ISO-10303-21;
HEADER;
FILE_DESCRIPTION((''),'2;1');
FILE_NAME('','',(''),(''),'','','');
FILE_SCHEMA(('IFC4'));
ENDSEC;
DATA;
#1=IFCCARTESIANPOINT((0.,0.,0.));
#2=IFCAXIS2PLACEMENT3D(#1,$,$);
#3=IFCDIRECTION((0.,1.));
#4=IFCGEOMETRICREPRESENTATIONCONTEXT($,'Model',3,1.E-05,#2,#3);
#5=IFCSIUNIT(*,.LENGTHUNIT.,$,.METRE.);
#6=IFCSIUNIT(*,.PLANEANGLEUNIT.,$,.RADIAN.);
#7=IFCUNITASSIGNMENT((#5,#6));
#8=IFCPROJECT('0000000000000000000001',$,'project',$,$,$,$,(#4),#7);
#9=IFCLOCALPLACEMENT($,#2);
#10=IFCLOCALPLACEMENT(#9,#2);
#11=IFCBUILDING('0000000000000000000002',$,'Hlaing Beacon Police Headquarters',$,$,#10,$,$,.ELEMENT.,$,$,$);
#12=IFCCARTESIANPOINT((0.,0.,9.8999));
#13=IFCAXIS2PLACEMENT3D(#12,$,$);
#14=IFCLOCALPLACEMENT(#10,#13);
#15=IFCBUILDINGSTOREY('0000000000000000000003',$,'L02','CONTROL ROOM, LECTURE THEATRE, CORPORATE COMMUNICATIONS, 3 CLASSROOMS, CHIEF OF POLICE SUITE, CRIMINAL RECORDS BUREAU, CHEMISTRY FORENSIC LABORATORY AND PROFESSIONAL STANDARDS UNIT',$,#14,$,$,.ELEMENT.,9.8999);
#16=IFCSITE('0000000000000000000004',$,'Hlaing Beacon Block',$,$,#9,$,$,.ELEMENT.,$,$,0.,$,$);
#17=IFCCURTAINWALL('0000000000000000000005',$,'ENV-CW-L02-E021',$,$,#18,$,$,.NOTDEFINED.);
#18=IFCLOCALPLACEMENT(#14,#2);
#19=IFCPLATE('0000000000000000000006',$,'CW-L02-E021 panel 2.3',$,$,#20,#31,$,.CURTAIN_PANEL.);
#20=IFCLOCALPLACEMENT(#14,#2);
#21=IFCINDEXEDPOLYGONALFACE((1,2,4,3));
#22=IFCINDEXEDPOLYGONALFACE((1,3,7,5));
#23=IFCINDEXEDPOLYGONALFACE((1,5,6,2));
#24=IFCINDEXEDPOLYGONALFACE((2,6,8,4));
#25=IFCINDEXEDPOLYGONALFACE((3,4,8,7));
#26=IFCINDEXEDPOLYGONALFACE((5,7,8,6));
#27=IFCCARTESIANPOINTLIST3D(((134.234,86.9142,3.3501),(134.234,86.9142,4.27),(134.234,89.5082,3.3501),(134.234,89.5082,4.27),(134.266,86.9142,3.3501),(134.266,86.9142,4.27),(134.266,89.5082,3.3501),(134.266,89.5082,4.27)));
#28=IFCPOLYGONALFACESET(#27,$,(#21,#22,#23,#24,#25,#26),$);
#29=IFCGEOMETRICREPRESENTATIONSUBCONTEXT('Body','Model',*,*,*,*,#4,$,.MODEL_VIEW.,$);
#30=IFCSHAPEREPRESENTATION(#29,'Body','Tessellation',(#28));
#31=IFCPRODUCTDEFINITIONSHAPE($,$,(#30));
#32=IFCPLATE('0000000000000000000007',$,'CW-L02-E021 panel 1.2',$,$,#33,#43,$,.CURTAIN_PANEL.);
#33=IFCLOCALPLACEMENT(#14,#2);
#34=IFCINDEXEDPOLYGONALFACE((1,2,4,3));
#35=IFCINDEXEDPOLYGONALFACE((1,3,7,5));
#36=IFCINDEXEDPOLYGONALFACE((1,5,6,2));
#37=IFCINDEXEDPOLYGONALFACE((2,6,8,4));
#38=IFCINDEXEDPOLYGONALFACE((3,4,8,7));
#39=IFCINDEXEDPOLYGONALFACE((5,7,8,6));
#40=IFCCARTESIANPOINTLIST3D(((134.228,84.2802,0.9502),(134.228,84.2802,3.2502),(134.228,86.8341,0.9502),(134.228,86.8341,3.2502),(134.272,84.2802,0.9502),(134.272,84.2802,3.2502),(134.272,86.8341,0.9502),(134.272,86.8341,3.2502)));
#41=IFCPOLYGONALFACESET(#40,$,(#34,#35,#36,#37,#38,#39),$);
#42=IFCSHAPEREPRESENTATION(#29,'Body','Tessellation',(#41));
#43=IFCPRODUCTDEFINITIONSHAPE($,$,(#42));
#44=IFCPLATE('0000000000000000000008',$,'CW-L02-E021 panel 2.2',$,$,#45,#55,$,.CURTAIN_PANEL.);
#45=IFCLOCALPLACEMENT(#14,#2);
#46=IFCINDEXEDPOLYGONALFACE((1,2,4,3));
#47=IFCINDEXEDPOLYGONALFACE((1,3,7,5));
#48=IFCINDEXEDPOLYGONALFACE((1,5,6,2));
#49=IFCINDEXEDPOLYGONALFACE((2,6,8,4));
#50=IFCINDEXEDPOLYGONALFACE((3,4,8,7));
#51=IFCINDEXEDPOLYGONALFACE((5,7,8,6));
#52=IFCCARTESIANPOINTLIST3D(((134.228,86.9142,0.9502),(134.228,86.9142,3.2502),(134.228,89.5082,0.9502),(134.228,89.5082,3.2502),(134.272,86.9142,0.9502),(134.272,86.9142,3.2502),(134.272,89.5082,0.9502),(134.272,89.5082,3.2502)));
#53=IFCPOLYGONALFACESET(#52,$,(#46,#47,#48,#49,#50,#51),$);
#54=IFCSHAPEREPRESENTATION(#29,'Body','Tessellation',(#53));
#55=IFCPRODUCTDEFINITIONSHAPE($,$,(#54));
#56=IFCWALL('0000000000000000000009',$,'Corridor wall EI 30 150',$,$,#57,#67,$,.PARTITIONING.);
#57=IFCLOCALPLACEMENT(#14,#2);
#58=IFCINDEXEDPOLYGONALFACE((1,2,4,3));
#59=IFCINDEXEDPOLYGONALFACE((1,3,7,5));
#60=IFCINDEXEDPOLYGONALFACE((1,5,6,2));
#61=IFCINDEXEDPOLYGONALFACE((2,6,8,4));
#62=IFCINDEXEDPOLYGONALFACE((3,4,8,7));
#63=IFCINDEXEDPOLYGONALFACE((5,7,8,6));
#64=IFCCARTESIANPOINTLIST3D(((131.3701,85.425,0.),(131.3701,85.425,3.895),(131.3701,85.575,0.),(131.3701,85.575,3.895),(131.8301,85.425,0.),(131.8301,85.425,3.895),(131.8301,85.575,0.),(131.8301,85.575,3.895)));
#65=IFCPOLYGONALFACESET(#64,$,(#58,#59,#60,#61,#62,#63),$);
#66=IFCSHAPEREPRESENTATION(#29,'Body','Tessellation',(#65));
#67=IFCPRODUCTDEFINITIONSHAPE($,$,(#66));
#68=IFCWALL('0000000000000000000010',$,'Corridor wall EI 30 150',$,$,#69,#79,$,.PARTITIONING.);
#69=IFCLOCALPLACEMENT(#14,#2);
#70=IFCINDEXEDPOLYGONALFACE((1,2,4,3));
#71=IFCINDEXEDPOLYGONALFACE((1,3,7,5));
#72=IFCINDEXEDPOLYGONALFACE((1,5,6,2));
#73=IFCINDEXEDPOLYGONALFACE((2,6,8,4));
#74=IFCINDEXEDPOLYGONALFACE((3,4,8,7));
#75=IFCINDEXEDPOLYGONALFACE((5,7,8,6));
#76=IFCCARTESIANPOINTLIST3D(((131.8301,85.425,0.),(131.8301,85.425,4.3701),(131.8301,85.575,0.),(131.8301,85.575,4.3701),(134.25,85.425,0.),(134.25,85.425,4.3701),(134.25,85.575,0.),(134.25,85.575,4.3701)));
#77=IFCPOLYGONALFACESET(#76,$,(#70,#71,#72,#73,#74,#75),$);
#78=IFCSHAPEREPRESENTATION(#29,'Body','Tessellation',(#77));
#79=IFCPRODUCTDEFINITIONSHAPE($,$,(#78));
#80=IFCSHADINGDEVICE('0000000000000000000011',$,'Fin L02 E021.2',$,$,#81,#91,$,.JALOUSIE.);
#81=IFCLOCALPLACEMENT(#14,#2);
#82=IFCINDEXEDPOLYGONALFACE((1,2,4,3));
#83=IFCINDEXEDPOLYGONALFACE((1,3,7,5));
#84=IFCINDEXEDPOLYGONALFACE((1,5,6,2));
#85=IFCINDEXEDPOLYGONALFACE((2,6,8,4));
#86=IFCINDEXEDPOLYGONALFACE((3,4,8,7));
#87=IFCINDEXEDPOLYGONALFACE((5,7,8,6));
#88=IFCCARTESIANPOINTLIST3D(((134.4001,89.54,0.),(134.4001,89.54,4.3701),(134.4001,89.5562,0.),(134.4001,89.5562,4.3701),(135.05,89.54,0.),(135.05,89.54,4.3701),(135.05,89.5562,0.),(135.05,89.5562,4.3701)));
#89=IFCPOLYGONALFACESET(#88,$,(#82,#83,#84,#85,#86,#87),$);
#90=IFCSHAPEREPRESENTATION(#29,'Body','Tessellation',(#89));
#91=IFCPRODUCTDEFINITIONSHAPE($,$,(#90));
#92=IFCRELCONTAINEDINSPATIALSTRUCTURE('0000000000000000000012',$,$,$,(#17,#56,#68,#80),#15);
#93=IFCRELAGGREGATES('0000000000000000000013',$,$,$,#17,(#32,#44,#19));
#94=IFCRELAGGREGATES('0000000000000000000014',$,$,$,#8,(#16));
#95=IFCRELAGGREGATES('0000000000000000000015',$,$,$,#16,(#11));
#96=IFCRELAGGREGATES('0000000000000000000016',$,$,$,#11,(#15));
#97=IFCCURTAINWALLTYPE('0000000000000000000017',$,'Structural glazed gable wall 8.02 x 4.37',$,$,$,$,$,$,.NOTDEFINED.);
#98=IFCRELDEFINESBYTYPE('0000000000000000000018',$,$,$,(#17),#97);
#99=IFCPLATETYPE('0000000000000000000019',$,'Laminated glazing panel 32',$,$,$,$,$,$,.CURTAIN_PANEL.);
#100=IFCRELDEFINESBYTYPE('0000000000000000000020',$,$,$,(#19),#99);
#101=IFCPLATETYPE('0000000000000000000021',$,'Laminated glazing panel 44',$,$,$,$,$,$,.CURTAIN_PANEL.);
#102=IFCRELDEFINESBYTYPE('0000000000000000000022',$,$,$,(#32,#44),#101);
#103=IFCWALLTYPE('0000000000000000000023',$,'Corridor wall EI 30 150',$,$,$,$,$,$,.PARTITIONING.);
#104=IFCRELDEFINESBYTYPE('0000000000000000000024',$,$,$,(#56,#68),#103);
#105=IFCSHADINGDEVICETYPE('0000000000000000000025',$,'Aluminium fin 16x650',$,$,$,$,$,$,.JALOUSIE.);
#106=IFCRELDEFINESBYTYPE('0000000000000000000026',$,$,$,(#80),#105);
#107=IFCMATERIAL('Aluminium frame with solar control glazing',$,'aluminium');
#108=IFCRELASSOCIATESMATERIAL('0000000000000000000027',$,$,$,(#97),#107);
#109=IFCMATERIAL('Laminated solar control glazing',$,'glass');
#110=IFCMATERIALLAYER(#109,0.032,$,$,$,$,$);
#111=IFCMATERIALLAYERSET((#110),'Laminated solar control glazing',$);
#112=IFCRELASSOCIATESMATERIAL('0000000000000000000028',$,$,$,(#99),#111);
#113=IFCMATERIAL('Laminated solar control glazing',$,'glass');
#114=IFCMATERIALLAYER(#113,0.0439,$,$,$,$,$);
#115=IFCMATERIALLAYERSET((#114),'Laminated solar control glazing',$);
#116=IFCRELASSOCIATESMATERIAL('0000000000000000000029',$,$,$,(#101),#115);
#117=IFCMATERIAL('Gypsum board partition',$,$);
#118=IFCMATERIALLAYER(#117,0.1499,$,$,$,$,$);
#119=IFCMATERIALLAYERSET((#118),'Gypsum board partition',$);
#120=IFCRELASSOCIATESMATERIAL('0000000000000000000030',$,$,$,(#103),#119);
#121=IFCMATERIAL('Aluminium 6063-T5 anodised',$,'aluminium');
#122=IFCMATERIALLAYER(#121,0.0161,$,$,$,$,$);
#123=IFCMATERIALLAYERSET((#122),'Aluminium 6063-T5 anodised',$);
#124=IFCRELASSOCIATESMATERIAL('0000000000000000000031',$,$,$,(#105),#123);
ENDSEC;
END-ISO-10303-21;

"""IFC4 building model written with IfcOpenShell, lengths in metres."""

from ifc_helpers import new_model, si_unit, direction, frame, frame_2d, origin, origin_2d, place, context, subcontext, project, spatial, rectangle, extrude, material, layer, layer_set, type_object, element, aggregate, save


model = new_model("IFC4")

# Units and contexts
model_context = context("Model", 3, precision=1e-05, world=origin(), true_north=direction((0.0, 1.0)))
body_context = subcontext(model_context, "Body", "Model", "MODEL_VIEW")
ifc_project = project(units=[si_unit("LENGTHUNIT", "METRE"), si_unit("PLANEANGLEUNIT", "RADIAN")], contexts=[model_context])

# Site, building, storey
site_placement = place(None, origin())
site = spatial("IfcSite", under=ifc_project, at=site_placement, Name="Hlaing Beacon Block", CompositionType="ELEMENT", RefElevation=0.0)
building_placement = place(site_placement, origin())
building = spatial("IfcBuilding", under=site, at=building_placement, Name="Hlaing Beacon Police Headquarters", CompositionType="ELEMENT")
storey_placement = place(building_placement, frame((0.0, 0.0, 9.8999)))
storey = spatial("IfcBuildingStorey", under=building, at=storey_placement, Name="L02", Description="CONTROL ROOM, LECTURE THEATRE, CORPORATE COMMUNICATIONS, 3 CLASSROOMS, CHIEF OF POLICE SUITE, CRIMINAL RECORDS BUREAU, CHEMISTRY FORENSIC LABORATORY AND PROFESSIONAL STANDARDS UNIT", CompositionType="ELEMENT", Elevation=9.8999)

# Curtain wall, plates
ifc_material_1 = material(Name="Aluminium frame with solar control glazing", Category="aluminium")
curtain_wall_type = type_object("IfcCurtainWallType", Name="Structural glazed gable wall 8.02 x 4.37", PredefinedType="NOTDEFINED", material=ifc_material_1)
curtain_wall_placement = place(storey_placement, origin())
curtain_wall = element("IfcCurtainWall", 1, at=curtain_wall_placement, inside=storey, type_object=curtain_wall_type, Name="ENV-CW-L02-E021", PredefinedType="NOTDEFINED")
ifc_material_2 = material(Name="Laminated solar control glazing", Category="glass")
ifc_layer_1 = layer(ifc_material_2, 0.032)
ifc_layer_set_1 = layer_set([ifc_layer_1], Name="Laminated solar control glazing")
plate_type_1 = type_object("IfcPlateType", Name="Laminated glazing panel 32", PredefinedType="CURTAIN_PANEL", material=ifc_layer_set_1)
plate_1_placement = place(storey_placement, frame((134.25, 88.2112, 3.3501), z_axis=(0.0, 0.0, 1.0), x_axis=(0.0, 1.0, 0.0)))
plate_1 = element("IfcPlate", 2, at=plate_1_placement, type_object=plate_type_1, Name="CW-L02-E021 panel 2.3", PredefinedType="CURTAIN_PANEL", context=body_context, shape_type="SweptSolid", body=[
    extrude(rectangle(XDim=2.594, YDim=0.032, at=origin_2d()), origin(), (0.0, 0.0, 1.0), 0.9199),
])
ifc_material_3 = material(Name="Laminated solar control glazing", Category="glass")
ifc_layer_2 = layer(ifc_material_3, 0.0439)
ifc_layer_set_2 = layer_set([ifc_layer_2], Name="Laminated solar control glazing")
plate_type_2 = type_object("IfcPlateType", Name="Laminated glazing panel 44", PredefinedType="CURTAIN_PANEL", material=ifc_layer_set_2)
plate_2_placement = place(storey_placement, frame((134.25, 85.5571, 0.9502), z_axis=(0.0, 0.0, 1.0), x_axis=(0.0, 1.0, 0.0)))
plate_2 = element("IfcPlate", 3, at=plate_2_placement, type_object=plate_type_2, Name="CW-L02-E021 panel 1.2", PredefinedType="CURTAIN_PANEL", context=body_context, shape_type="SweptSolid", body=[
    extrude(rectangle(XDim=2.554, YDim=0.0439, at=origin_2d()), origin(), (0.0, 0.0, 1.0), 2.3),
])
plate_3_placement = place(storey_placement, frame((134.25, 88.2112, 0.9502), z_axis=(0.0, 0.0, 1.0), x_axis=(0.0, 1.0, 0.0)))
plate_3 = element("IfcPlate", 4, at=plate_3_placement, type_object=plate_type_2, Name="CW-L02-E021 panel 2.2", PredefinedType="CURTAIN_PANEL", context=body_context, shape_type="SweptSolid", body=[
    extrude(rectangle(XDim=2.594, YDim=0.0439, at=origin_2d()), origin(), (0.0, 0.0, 1.0), 2.3),
])
aggregate(curtain_wall, [plate_2, plate_3, plate_1])

# Shared definitions
ifc_material_4 = material(Name="Gypsum board partition")
ifc_layer_3 = layer(ifc_material_4, 0.1499)
ifc_layer_set_3 = layer_set([ifc_layer_3], Name="Gypsum board partition")
wall_type = type_object("IfcWallType", Name="Corridor wall EI 30 150", PredefinedType="PARTITIONING", material=ifc_layer_set_3)

# Walls
wall_1_placement = place(storey_placement, frame((131.3701, 85.5, 0.0), z_axis=(0.0, 0.0, 1.0), x_axis=(1.0, 0.0, 0.0)))
element("IfcWall", 5, at=wall_1_placement, inside=storey, type_object=wall_type, Name="Corridor wall EI 30 150", PredefinedType="PARTITIONING", context=body_context, shape_type="SweptSolid", body=[
    extrude(rectangle(XDim=0.46, YDim=0.1499, at=frame_2d((0.23, 0.0))), origin(), (0.0, 0.0, 1.0), 3.895),
])
wall_2_placement = place(storey_placement, frame((131.8301, 85.5, 0.0), z_axis=(0.0, 0.0, 1.0), x_axis=(1.0, 0.0, 0.0)))
element("IfcWall", 6, at=wall_2_placement, inside=storey, type_object=wall_type, Name="Corridor wall EI 30 150", PredefinedType="PARTITIONING", context=body_context, shape_type="SweptSolid", body=[
    extrude(rectangle(XDim=2.4199, YDim=0.1499, at=frame_2d((1.21, 0.0))), origin(), (0.0, 0.0, 1.0), 4.3701),
])

# Shading device
ifc_material_5 = material(Name="Aluminium 6063-T5 anodised", Category="aluminium")
ifc_layer_4 = layer(ifc_material_5, 0.0161)
ifc_layer_set_4 = layer_set([ifc_layer_4], Name="Aluminium 6063-T5 anodised")
shading_device_type = type_object("IfcShadingDeviceType", Name="Aluminium fin 16x650", PredefinedType="JALOUSIE", material=ifc_layer_set_4)
shading_device_placement = place(storey_placement, frame((134.7251, 89.5481, 0.0), z_axis=(0.0, 0.0, 1.0), x_axis=(0.0, 1.0, 0.0)))
element("IfcShadingDevice", 7, at=shading_device_placement, inside=storey, type_object=shading_device_type, Name="Fin L02 E021.2", PredefinedType="JALOUSIE", context=body_context, shape_type="SweptSolid", body=[
    extrude(rectangle(XDim=0.0161, YDim=0.6499, at=origin_2d()), origin(), (0.0, 0.0, 1.0), 4.3701),
])

save(model, "model.ifc")
